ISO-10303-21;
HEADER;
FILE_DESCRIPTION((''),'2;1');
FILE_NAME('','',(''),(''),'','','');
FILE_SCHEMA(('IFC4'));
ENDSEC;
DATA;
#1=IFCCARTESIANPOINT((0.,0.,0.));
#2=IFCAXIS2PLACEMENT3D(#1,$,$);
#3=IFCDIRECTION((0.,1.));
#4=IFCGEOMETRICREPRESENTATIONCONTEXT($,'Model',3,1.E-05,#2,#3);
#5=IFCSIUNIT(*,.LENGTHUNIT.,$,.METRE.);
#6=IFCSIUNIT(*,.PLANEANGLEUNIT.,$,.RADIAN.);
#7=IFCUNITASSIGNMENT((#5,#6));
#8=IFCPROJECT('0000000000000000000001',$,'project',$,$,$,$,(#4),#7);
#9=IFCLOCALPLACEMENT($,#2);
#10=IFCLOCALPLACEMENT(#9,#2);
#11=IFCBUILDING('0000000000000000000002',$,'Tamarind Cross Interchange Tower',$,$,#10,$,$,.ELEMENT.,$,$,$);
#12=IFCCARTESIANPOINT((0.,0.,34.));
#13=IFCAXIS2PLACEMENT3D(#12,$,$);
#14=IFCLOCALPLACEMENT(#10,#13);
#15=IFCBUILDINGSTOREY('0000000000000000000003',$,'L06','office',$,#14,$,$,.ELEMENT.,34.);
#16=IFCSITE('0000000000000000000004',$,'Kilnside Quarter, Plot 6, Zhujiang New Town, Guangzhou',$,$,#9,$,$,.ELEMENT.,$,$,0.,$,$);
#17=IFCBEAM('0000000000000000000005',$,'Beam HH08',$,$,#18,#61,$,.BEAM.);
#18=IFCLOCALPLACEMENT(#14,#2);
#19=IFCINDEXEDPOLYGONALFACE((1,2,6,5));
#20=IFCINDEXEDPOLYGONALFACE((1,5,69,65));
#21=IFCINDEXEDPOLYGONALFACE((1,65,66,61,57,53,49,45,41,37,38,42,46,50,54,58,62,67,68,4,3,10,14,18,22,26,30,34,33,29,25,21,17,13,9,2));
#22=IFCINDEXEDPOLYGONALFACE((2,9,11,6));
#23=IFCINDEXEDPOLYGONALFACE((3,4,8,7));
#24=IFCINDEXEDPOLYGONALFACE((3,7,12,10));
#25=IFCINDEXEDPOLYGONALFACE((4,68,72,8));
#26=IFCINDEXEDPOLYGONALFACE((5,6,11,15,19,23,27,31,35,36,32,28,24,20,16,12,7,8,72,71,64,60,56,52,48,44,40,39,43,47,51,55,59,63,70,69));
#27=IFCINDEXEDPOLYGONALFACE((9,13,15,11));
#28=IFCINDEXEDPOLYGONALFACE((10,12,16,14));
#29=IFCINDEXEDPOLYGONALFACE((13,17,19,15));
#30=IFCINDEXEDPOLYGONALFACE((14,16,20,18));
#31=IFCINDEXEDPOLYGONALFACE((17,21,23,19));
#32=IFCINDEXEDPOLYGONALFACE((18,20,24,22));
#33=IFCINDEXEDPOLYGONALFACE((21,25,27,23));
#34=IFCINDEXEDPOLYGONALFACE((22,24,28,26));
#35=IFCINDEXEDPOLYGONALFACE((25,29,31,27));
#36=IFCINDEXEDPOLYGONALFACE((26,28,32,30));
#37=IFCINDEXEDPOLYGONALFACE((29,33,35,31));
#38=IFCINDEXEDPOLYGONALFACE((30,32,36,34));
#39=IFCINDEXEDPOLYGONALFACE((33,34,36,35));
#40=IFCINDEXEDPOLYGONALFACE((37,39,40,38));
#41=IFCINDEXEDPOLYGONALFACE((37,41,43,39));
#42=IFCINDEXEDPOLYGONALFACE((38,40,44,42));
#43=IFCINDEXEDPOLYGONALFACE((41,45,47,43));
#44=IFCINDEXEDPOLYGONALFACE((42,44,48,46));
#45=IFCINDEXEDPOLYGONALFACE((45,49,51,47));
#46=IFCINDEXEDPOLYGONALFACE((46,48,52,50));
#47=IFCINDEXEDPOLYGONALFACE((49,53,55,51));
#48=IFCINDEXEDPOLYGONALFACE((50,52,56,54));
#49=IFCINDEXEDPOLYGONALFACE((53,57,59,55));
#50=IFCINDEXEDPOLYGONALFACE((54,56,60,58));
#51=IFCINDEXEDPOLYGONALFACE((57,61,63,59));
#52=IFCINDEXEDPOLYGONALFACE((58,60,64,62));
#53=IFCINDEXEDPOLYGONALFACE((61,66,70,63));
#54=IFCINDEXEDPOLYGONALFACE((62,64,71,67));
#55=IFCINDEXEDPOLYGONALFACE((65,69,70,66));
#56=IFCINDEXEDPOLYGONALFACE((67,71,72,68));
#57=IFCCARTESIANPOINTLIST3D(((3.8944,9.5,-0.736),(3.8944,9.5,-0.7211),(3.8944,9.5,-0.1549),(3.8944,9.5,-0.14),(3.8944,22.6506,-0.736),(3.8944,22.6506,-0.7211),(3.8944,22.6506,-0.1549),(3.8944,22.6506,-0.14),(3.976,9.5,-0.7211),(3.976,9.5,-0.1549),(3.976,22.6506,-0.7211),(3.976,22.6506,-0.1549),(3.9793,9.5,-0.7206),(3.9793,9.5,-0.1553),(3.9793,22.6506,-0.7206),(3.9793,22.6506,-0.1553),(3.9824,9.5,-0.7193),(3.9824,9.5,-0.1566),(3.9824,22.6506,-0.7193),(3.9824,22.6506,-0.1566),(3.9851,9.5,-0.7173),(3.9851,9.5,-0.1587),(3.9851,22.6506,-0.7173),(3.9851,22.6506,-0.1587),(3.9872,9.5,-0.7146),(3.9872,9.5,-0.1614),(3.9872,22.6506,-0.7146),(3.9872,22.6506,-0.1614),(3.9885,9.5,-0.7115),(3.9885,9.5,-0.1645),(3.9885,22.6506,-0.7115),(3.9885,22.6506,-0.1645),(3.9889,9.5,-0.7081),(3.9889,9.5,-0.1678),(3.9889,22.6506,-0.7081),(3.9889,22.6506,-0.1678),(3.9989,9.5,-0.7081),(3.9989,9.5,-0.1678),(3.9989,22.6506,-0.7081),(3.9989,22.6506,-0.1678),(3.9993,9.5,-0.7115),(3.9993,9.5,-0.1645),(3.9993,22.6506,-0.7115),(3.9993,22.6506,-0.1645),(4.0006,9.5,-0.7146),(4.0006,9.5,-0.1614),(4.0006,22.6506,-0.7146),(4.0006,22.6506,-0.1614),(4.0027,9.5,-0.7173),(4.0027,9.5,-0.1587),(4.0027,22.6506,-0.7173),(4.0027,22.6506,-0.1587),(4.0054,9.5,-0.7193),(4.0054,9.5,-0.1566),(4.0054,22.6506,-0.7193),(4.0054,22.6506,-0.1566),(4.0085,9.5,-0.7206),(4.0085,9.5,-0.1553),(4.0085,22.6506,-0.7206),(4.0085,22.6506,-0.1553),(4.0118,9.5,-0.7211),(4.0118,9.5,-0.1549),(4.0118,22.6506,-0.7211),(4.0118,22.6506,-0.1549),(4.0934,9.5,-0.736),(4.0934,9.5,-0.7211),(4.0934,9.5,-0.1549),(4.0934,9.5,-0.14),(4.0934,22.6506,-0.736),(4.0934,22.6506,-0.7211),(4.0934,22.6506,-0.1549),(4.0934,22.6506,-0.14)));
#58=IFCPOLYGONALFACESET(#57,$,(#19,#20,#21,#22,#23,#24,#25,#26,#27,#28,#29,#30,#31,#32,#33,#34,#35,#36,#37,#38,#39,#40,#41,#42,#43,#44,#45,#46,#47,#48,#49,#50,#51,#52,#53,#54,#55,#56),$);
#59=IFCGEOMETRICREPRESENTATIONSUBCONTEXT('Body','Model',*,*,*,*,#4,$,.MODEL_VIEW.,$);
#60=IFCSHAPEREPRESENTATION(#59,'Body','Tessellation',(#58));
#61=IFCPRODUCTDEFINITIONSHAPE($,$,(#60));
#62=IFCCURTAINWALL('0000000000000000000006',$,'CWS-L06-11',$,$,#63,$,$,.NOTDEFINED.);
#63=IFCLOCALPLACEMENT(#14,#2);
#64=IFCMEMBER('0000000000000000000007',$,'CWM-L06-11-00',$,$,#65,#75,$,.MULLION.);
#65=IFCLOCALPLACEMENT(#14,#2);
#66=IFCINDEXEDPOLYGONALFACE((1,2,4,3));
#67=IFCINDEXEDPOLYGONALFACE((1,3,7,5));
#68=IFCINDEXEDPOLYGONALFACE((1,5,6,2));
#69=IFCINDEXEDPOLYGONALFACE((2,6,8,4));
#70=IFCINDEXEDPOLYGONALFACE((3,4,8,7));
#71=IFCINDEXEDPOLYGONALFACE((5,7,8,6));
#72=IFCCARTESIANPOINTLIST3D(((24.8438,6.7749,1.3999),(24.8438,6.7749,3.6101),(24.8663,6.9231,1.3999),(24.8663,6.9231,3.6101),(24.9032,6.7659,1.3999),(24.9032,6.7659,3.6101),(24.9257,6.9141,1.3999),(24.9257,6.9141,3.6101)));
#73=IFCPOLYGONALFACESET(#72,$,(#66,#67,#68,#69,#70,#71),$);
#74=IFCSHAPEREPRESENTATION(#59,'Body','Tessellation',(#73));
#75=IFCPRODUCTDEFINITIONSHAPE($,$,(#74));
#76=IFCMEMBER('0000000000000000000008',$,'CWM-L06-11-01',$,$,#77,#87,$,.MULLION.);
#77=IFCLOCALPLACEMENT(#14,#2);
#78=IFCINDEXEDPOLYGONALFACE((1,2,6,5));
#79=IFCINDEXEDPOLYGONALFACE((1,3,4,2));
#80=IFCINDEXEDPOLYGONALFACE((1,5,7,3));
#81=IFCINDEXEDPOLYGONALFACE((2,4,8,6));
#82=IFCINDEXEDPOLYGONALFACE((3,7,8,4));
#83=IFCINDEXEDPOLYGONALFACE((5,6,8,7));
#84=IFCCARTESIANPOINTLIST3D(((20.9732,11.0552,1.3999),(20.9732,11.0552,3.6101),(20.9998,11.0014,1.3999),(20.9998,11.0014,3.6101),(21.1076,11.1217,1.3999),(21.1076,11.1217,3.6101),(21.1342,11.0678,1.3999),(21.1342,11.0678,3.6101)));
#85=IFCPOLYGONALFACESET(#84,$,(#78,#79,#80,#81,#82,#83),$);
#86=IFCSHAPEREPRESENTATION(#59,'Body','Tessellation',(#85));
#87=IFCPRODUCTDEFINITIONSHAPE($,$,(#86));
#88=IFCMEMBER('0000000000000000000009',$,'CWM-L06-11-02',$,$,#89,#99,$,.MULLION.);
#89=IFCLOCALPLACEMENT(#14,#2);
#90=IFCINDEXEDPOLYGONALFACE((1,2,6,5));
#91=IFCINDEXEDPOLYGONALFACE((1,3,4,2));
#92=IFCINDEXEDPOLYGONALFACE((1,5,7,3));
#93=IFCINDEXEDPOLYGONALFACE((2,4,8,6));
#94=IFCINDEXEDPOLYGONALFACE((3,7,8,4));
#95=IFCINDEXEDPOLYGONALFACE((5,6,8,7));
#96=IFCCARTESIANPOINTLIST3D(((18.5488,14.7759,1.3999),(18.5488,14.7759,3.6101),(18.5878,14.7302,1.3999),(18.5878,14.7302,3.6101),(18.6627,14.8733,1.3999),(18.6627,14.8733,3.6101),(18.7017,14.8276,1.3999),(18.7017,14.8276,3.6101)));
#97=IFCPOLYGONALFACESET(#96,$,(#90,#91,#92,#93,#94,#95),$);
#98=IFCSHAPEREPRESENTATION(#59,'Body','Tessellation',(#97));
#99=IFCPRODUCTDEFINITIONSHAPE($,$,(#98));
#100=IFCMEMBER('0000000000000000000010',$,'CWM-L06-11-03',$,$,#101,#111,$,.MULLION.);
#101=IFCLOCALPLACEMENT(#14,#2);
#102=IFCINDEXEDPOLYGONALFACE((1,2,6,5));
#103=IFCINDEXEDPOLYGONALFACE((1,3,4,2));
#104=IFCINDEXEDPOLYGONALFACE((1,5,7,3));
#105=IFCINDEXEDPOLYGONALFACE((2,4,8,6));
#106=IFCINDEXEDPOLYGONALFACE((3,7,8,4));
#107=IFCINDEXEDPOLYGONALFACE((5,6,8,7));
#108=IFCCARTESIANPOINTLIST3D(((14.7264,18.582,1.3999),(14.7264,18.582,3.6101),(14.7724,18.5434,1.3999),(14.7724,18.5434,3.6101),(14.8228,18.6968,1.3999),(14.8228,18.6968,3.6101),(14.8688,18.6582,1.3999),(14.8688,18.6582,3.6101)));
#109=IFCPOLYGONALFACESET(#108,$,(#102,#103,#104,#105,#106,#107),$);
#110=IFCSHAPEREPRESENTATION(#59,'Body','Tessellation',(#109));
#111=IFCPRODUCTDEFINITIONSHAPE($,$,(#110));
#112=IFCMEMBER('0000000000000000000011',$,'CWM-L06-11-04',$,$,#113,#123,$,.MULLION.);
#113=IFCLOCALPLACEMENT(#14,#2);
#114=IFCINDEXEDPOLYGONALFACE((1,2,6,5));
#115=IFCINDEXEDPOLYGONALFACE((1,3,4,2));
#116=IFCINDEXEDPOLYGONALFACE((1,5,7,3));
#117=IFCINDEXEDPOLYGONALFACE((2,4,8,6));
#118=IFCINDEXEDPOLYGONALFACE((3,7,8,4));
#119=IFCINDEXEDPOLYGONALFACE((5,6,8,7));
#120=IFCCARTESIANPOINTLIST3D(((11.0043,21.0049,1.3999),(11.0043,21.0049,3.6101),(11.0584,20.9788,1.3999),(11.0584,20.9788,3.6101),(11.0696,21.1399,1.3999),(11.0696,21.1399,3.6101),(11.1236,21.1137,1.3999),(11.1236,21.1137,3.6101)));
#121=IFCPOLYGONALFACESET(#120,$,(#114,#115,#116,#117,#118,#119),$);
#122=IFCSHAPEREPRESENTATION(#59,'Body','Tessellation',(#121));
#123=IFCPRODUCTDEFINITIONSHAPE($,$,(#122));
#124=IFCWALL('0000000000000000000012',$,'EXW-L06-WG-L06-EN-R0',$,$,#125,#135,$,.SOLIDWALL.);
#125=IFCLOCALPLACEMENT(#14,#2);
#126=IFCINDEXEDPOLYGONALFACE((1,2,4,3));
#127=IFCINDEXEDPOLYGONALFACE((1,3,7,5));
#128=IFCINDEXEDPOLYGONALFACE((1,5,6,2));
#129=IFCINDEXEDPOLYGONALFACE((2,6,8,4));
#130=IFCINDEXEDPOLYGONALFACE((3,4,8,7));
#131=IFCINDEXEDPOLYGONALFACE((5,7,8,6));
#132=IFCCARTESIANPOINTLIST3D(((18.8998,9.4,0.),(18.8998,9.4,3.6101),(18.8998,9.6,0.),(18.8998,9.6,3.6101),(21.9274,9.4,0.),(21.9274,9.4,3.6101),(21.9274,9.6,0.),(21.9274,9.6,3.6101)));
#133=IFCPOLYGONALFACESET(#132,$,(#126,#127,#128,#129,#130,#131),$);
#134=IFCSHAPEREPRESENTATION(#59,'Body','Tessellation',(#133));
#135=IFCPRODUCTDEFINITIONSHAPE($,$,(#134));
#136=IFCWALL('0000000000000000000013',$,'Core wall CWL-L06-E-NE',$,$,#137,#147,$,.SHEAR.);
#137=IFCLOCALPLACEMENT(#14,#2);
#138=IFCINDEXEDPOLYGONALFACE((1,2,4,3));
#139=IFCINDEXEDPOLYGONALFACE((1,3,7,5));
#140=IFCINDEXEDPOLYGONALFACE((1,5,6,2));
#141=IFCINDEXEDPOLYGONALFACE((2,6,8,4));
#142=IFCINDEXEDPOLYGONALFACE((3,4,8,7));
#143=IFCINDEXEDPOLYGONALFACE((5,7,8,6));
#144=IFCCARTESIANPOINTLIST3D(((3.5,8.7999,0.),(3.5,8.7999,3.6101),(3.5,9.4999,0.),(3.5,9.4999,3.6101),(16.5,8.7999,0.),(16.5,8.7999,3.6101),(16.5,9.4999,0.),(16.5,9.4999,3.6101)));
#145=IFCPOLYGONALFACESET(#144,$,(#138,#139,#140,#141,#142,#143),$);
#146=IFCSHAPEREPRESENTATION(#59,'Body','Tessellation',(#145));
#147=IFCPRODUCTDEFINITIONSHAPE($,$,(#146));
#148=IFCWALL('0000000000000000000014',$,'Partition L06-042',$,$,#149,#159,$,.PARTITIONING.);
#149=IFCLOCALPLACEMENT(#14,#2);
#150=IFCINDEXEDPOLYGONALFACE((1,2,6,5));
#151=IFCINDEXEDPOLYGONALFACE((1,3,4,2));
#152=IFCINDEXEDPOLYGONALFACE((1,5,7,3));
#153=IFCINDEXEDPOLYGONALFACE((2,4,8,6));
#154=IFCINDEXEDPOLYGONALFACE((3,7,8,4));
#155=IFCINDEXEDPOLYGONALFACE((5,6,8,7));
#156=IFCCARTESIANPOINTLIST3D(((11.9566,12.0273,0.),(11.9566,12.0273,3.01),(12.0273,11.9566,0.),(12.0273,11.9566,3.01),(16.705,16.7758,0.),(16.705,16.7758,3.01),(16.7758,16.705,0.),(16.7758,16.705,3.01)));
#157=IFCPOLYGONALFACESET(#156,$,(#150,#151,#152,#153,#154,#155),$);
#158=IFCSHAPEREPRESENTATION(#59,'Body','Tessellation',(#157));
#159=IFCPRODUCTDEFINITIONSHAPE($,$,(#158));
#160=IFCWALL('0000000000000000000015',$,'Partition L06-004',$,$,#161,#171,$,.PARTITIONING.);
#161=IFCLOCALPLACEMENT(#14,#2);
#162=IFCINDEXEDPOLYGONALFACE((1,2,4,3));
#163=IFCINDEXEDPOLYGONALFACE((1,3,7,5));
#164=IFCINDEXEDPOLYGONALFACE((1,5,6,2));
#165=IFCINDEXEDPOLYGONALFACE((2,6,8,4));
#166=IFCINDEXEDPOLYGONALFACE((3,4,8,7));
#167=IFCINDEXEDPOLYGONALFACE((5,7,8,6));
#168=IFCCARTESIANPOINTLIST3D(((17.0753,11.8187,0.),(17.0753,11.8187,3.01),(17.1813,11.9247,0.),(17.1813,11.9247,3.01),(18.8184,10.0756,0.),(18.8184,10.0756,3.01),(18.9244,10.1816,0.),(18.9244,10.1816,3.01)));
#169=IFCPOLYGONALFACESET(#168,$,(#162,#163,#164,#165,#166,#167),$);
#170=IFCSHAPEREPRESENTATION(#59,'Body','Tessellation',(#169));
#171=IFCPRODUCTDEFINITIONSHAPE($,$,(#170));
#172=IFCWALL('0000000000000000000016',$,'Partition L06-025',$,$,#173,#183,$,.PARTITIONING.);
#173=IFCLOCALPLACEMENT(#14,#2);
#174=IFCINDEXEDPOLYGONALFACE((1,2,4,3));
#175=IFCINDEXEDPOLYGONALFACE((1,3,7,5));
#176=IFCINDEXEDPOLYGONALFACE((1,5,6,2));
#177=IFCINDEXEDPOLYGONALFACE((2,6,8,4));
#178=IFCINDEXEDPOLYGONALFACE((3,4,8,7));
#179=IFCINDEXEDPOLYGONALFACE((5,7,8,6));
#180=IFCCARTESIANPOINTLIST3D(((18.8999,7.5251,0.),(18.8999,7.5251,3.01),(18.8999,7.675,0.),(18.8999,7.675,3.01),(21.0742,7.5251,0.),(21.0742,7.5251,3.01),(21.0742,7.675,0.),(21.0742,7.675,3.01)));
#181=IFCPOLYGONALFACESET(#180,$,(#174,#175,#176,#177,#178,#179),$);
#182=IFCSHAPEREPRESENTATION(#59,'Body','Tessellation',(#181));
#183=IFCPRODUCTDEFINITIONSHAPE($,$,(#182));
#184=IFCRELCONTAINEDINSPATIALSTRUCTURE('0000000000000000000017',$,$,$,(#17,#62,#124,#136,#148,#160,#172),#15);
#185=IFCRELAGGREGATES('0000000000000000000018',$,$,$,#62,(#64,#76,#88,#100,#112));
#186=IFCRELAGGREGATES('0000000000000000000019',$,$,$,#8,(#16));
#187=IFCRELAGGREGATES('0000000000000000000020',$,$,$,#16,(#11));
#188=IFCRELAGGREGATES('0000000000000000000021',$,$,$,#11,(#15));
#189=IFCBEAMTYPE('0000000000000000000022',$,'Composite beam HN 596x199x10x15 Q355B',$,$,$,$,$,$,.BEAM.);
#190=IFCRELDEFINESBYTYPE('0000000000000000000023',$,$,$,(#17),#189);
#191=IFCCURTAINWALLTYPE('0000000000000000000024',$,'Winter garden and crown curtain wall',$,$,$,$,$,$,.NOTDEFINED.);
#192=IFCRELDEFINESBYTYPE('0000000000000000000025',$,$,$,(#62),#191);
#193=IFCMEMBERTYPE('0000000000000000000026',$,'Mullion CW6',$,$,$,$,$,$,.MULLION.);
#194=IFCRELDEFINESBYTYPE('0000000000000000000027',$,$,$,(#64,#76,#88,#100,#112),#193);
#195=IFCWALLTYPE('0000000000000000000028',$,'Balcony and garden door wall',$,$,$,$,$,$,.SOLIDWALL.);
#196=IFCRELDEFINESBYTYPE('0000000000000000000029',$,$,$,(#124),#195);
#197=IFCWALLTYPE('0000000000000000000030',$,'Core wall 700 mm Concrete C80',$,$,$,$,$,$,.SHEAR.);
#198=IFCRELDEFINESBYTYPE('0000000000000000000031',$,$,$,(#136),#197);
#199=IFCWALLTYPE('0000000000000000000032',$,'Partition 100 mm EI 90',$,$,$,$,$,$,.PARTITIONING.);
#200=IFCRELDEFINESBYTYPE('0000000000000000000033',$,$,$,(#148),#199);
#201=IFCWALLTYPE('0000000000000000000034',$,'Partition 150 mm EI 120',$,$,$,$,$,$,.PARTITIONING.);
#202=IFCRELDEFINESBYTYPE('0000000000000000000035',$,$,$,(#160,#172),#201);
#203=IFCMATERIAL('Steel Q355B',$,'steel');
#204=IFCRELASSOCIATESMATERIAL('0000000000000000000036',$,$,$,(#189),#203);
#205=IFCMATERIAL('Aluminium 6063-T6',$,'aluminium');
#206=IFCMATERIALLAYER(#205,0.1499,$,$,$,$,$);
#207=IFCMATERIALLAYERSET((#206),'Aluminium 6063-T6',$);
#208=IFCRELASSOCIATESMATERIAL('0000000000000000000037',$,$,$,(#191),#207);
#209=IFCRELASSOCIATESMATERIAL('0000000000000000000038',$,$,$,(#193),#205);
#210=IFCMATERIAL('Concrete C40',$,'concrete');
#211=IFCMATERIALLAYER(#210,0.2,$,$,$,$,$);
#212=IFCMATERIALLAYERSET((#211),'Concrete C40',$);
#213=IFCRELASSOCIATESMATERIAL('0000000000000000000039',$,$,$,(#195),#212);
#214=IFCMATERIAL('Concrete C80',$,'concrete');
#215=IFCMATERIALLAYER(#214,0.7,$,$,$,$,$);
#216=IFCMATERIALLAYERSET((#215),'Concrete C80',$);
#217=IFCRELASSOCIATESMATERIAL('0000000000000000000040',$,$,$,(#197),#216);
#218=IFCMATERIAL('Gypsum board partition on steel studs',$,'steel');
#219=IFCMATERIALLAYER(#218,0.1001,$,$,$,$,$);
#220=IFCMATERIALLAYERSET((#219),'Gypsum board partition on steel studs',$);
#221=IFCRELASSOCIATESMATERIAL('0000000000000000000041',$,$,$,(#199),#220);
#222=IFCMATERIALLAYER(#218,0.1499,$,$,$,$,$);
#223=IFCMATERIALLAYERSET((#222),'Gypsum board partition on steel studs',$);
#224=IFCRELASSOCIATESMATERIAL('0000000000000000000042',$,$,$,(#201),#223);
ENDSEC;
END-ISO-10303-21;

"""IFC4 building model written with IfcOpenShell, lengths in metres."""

from ifc_helpers import new_model, si_unit, direction, frame, frame_2d, origin, origin_2d, place, context, subcontext, project, spatial, rectangle, i_section, extrude, material, layer, layer_set, material_profile, profile_set, type_object, element, aggregate, save


model = new_model("IFC4")

# Units and contexts
model_context = context("Model", 3, precision=1e-05, world=origin(), true_north=direction((0.0, 1.0)))
body_context = subcontext(model_context, "Body", "Model", "MODEL_VIEW")
ifc_project = project(units=[si_unit("LENGTHUNIT", "METRE"), si_unit("PLANEANGLEUNIT", "RADIAN")], contexts=[model_context])

# Site, building, storey
site_placement = place(None, origin())
site = spatial("IfcSite", under=ifc_project, at=site_placement, Name="Kilnside Quarter, Plot 6, Zhujiang New Town, Guangzhou", CompositionType="ELEMENT", RefElevation=0.0)
building_placement = place(site_placement, origin())
building = spatial("IfcBuilding", under=site, at=building_placement, Name="Tamarind Cross Interchange Tower", CompositionType="ELEMENT")
storey_placement = place(building_placement, frame((0.0, 0.0, 34.0)))
storey = spatial("IfcBuildingStorey", under=building, at=storey_placement, Name="L06", Description="office", CompositionType="ELEMENT", Elevation=34.0)

# Beam
ifc_material_1 = material(Name="Steel Q355B", Category="steel")
ifc_material_profile_1 = material_profile(ifc_material_1, i_section(OverallWidth=0.199, OverallDepth=0.5959, WebThickness=0.01, FlangeThickness=0.0149, FilletRadius=0.0129, at=origin_2d()), Name="HN 596x199x10x15")
ifc_profile_set_1 = profile_set([ifc_material_profile_1], Name="Steel Q355B")
beam_type = type_object("IfcBeamType", Name="Composite beam HN 596x199x10x15 Q355B", PredefinedType="BEAM", material=ifc_profile_set_1)
beam_1_placement = place(storey_placement, frame((3.9939, 22.6506, -0.438), z_axis=(0.0, -1.0, 0.0), x_axis=(1.0, 0.0, 0.0)))
element("IfcBeam", 1, at=beam_1_placement, inside=storey, type_object=beam_type, Name="Beam HH08", PredefinedType="BEAM", context=body_context, shape_type="SweptSolid", body=[
    extrude(i_section(OverallWidth=0.199, OverallDepth=0.5959, WebThickness=0.01, FlangeThickness=0.0149, FilletRadius=0.0129, at=origin_2d()), origin(), (0.0, 0.0, 1.0), 13.1506),
])

# Curtain wall, members
ifc_material_2 = material(Name="Aluminium 6063-T6", Category="aluminium")
ifc_layer_1 = layer(ifc_material_2, 0.1499)
ifc_layer_set_1 = layer_set([ifc_layer_1], Name="Aluminium 6063-T6")
curtain_wall_type = type_object("IfcCurtainWallType", Name="Winter garden and crown curtain wall", PredefinedType="NOTDEFINED", material=ifc_layer_set_1)
curtain_wall_placement = place(storey_placement, origin())
curtain_wall = element("IfcCurtainWall", 2, at=curtain_wall_placement, inside=storey, type_object=curtain_wall_type, Name="CWS-L06-11", PredefinedType="NOTDEFINED")
ifc_material_profile_2 = material_profile(ifc_material_2, rectangle(XDim=0.0601, YDim=0.1499, at=origin_2d()), Name="Mullion CW6")
ifc_profile_set_2 = profile_set([ifc_material_profile_2], Name="Aluminium 6063-T6")
member_type = type_object("IfcMemberType", Name="Mullion CW6", PredefinedType="MULLION", material=ifc_profile_set_2)
member_1_placement = place(storey_placement, frame((24.8848, 6.8445, 1.3999), z_axis=(0.0, 0.0, 1.0), x_axis=(-0.988647, 0.150255, 0.0)))
member_1 = element("IfcMember", 3, at=member_1_placement, type_object=member_type, Name="CWM-L06-11-00", PredefinedType="MULLION", context=body_context, shape_type="SweptSolid", body=[
    extrude(rectangle(XDim=0.0601, YDim=0.1499, at=origin_2d()), origin(), (0.0, 0.0, 1.0), 2.2102),
])
member_2_placement = place(storey_placement, frame((21.0537, 11.0615, 1.3999), z_axis=(0.0, 0.0, 1.0), x_axis=(-0.443059, 0.896493, 0.0)))
member_2 = element("IfcMember", 4, at=member_2_placement, type_object=member_type, Name="CWM-L06-11-01", PredefinedType="MULLION", context=body_context, shape_type="SweptSolid", body=[
    extrude(rectangle(XDim=0.0601, YDim=0.1499, at=origin_2d()), origin(), (0.0, 0.0, 1.0), 2.2102),
])
member_3_placement = place(storey_placement, frame((18.6252, 14.8018, 1.3999), z_axis=(0.0, 0.0, 1.0), x_axis=(-0.649577, 0.760296, 0.0)))
member_3 = element("IfcMember", 5, at=member_3_placement, type_object=member_type, Name="CWM-L06-11-02", PredefinedType="MULLION", context=body_context, shape_type="SweptSolid", body=[
    extrude(rectangle(XDim=0.0601, YDim=0.1499, at=origin_2d()), origin(), (0.0, 0.0, 1.0), 2.2102),
])
member_4_placement = place(storey_placement, frame((14.7976, 18.6201, 1.3999), z_axis=(0.0, 0.0, 1.0), x_axis=(-0.765858, 0.643009, 0.0)))
member_4 = element("IfcMember", 6, at=member_4_placement, type_object=member_type, Name="CWM-L06-11-03", PredefinedType="MULLION", context=body_context, shape_type="SweptSolid", body=[
    extrude(rectangle(XDim=0.0601, YDim=0.1499, at=origin_2d()), origin(), (0.0, 0.0, 1.0), 2.2102),
])
member_5_placement = place(storey_placement, frame((11.064, 21.0593, 1.3999), z_axis=(0.0, 0.0, 1.0), x_axis=(-0.900273, 0.435326, 0.0)))
member_5 = element("IfcMember", 7, at=member_5_placement, type_object=member_type, Name="CWM-L06-11-04", PredefinedType="MULLION", context=body_context, shape_type="SweptSolid", body=[
    extrude(rectangle(XDim=0.0601, YDim=0.1499, at=origin_2d()), origin(), (0.0, 0.0, 1.0), 2.2102),
])
aggregate(curtain_wall, [member_1, member_2, member_3, member_4, member_5])

# Walls
ifc_material_3 = material(Name="Concrete C40", Category="concrete")
ifc_layer_2 = layer(ifc_material_3, 0.2)
ifc_layer_set_2 = layer_set([ifc_layer_2], Name="Concrete C40")
wall_type_1 = type_object("IfcWallType", Name="Balcony and garden door wall", PredefinedType="SOLIDWALL", material=ifc_layer_set_2)
wall_1_placement = place(storey_placement, frame((18.8999, 9.5, 0.0), z_axis=(0.0, 0.0, 1.0), x_axis=(1.0, 0.0, 0.0)))
element("IfcWall", 8, at=wall_1_placement, inside=storey, type_object=wall_type_1, Name="EXW-L06-WG-L06-EN-R0", PredefinedType="SOLIDWALL", context=body_context, shape_type="SweptSolid", body=[
    extrude(rectangle(XDim=3.0276, YDim=0.2, at=frame_2d((1.5137, 0.0))), origin(), (0.0, 0.0, 1.0), 3.6101),
])
ifc_material_4 = material(Name="Concrete C80", Category="concrete")
ifc_layer_3 = layer(ifc_material_4, 0.7)
ifc_layer_set_3 = layer_set([ifc_layer_3], Name="Concrete C80")
wall_type_2 = type_object("IfcWallType", Name="Core wall 700 mm Concrete C80", PredefinedType="SHEAR", material=ifc_layer_set_3)
wall_2_placement = place(storey_placement, frame((16.5, 9.1499, 0.0), z_axis=(0.0, 0.0, 1.0), x_axis=(-1.0, 0.0, 0.0)))
element("IfcWall", 9, at=wall_2_placement, inside=storey, type_object=wall_type_2, Name="Core wall CWL-L06-E-NE", PredefinedType="SHEAR", context=body_context, shape_type="SweptSolid", body=[
    extrude(rectangle(XDim=13.0, YDim=0.7, at=frame_2d((6.5, 0.0))), origin(), (0.0, 0.0, 1.0), 3.6101),
])
ifc_material_5 = material(Name="Gypsum board partition on steel studs", Category="steel")
ifc_layer_4 = layer(ifc_material_5, 0.1001)
ifc_layer_set_4 = layer_set([ifc_layer_4], Name="Gypsum board partition on steel studs")
wall_type_3 = type_object("IfcWallType", Name="Partition 100 mm EI 90", PredefinedType="PARTITIONING", material=ifc_layer_set_4)
wall_3_placement = place(storey_placement, frame((11.9919, 11.9919, 0.0), z_axis=(0.0, 0.0, 1.0), x_axis=(0.707107, 0.707107, 0.0)))
element("IfcWall", 10, at=wall_3_placement, inside=storey, type_object=wall_type_3, Name="Partition L06-042", PredefinedType="PARTITIONING", context=body_context, shape_type="SweptSolid", body=[
    extrude(rectangle(XDim=6.7153, YDim=0.1001, at=frame_2d((3.3577, 0.0))), origin(), (0.0, 0.0, 1.0), 3.01),
])
ifc_layer_5 = layer(ifc_material_5, 0.1499)
ifc_layer_set_5 = layer_set([ifc_layer_5], Name="Gypsum board partition on steel studs")
wall_type_4 = type_object("IfcWallType", Name="Partition 150 mm EI 120", PredefinedType="PARTITIONING", material=ifc_layer_set_5)
wall_4_placement = place(storey_placement, frame((17.1284, 11.8716, 0.0), z_axis=(0.0, 0.0, 1.0), x_axis=(0.707107, -0.707107, 0.0)))
element("IfcWall", 11, at=wall_4_placement, inside=storey, type_object=wall_type_4, Name="Partition L06-004", PredefinedType="PARTITIONING", context=body_context, shape_type="SweptSolid", body=[
    extrude(rectangle(XDim=2.4651, YDim=0.1499, at=frame_2d((1.2324, 0.0))), origin(), (0.0, 0.0, 1.0), 3.01),
])
wall_5_placement = place(storey_placement, frame((18.8999, 7.6001, 0.0), z_axis=(0.0, 0.0, 1.0), x_axis=(1.0, 0.0, 0.0)))
element("IfcWall", 12, at=wall_5_placement, inside=storey, type_object=wall_type_4, Name="Partition L06-025", PredefinedType="PARTITIONING", context=body_context, shape_type="SweptSolid", body=[
    extrude(rectangle(XDim=2.1743, YDim=0.1499, at=frame_2d((1.0872, 0.0))), origin(), (0.0, 0.0, 1.0), 3.01),
])

save(model, "model.ifc")
